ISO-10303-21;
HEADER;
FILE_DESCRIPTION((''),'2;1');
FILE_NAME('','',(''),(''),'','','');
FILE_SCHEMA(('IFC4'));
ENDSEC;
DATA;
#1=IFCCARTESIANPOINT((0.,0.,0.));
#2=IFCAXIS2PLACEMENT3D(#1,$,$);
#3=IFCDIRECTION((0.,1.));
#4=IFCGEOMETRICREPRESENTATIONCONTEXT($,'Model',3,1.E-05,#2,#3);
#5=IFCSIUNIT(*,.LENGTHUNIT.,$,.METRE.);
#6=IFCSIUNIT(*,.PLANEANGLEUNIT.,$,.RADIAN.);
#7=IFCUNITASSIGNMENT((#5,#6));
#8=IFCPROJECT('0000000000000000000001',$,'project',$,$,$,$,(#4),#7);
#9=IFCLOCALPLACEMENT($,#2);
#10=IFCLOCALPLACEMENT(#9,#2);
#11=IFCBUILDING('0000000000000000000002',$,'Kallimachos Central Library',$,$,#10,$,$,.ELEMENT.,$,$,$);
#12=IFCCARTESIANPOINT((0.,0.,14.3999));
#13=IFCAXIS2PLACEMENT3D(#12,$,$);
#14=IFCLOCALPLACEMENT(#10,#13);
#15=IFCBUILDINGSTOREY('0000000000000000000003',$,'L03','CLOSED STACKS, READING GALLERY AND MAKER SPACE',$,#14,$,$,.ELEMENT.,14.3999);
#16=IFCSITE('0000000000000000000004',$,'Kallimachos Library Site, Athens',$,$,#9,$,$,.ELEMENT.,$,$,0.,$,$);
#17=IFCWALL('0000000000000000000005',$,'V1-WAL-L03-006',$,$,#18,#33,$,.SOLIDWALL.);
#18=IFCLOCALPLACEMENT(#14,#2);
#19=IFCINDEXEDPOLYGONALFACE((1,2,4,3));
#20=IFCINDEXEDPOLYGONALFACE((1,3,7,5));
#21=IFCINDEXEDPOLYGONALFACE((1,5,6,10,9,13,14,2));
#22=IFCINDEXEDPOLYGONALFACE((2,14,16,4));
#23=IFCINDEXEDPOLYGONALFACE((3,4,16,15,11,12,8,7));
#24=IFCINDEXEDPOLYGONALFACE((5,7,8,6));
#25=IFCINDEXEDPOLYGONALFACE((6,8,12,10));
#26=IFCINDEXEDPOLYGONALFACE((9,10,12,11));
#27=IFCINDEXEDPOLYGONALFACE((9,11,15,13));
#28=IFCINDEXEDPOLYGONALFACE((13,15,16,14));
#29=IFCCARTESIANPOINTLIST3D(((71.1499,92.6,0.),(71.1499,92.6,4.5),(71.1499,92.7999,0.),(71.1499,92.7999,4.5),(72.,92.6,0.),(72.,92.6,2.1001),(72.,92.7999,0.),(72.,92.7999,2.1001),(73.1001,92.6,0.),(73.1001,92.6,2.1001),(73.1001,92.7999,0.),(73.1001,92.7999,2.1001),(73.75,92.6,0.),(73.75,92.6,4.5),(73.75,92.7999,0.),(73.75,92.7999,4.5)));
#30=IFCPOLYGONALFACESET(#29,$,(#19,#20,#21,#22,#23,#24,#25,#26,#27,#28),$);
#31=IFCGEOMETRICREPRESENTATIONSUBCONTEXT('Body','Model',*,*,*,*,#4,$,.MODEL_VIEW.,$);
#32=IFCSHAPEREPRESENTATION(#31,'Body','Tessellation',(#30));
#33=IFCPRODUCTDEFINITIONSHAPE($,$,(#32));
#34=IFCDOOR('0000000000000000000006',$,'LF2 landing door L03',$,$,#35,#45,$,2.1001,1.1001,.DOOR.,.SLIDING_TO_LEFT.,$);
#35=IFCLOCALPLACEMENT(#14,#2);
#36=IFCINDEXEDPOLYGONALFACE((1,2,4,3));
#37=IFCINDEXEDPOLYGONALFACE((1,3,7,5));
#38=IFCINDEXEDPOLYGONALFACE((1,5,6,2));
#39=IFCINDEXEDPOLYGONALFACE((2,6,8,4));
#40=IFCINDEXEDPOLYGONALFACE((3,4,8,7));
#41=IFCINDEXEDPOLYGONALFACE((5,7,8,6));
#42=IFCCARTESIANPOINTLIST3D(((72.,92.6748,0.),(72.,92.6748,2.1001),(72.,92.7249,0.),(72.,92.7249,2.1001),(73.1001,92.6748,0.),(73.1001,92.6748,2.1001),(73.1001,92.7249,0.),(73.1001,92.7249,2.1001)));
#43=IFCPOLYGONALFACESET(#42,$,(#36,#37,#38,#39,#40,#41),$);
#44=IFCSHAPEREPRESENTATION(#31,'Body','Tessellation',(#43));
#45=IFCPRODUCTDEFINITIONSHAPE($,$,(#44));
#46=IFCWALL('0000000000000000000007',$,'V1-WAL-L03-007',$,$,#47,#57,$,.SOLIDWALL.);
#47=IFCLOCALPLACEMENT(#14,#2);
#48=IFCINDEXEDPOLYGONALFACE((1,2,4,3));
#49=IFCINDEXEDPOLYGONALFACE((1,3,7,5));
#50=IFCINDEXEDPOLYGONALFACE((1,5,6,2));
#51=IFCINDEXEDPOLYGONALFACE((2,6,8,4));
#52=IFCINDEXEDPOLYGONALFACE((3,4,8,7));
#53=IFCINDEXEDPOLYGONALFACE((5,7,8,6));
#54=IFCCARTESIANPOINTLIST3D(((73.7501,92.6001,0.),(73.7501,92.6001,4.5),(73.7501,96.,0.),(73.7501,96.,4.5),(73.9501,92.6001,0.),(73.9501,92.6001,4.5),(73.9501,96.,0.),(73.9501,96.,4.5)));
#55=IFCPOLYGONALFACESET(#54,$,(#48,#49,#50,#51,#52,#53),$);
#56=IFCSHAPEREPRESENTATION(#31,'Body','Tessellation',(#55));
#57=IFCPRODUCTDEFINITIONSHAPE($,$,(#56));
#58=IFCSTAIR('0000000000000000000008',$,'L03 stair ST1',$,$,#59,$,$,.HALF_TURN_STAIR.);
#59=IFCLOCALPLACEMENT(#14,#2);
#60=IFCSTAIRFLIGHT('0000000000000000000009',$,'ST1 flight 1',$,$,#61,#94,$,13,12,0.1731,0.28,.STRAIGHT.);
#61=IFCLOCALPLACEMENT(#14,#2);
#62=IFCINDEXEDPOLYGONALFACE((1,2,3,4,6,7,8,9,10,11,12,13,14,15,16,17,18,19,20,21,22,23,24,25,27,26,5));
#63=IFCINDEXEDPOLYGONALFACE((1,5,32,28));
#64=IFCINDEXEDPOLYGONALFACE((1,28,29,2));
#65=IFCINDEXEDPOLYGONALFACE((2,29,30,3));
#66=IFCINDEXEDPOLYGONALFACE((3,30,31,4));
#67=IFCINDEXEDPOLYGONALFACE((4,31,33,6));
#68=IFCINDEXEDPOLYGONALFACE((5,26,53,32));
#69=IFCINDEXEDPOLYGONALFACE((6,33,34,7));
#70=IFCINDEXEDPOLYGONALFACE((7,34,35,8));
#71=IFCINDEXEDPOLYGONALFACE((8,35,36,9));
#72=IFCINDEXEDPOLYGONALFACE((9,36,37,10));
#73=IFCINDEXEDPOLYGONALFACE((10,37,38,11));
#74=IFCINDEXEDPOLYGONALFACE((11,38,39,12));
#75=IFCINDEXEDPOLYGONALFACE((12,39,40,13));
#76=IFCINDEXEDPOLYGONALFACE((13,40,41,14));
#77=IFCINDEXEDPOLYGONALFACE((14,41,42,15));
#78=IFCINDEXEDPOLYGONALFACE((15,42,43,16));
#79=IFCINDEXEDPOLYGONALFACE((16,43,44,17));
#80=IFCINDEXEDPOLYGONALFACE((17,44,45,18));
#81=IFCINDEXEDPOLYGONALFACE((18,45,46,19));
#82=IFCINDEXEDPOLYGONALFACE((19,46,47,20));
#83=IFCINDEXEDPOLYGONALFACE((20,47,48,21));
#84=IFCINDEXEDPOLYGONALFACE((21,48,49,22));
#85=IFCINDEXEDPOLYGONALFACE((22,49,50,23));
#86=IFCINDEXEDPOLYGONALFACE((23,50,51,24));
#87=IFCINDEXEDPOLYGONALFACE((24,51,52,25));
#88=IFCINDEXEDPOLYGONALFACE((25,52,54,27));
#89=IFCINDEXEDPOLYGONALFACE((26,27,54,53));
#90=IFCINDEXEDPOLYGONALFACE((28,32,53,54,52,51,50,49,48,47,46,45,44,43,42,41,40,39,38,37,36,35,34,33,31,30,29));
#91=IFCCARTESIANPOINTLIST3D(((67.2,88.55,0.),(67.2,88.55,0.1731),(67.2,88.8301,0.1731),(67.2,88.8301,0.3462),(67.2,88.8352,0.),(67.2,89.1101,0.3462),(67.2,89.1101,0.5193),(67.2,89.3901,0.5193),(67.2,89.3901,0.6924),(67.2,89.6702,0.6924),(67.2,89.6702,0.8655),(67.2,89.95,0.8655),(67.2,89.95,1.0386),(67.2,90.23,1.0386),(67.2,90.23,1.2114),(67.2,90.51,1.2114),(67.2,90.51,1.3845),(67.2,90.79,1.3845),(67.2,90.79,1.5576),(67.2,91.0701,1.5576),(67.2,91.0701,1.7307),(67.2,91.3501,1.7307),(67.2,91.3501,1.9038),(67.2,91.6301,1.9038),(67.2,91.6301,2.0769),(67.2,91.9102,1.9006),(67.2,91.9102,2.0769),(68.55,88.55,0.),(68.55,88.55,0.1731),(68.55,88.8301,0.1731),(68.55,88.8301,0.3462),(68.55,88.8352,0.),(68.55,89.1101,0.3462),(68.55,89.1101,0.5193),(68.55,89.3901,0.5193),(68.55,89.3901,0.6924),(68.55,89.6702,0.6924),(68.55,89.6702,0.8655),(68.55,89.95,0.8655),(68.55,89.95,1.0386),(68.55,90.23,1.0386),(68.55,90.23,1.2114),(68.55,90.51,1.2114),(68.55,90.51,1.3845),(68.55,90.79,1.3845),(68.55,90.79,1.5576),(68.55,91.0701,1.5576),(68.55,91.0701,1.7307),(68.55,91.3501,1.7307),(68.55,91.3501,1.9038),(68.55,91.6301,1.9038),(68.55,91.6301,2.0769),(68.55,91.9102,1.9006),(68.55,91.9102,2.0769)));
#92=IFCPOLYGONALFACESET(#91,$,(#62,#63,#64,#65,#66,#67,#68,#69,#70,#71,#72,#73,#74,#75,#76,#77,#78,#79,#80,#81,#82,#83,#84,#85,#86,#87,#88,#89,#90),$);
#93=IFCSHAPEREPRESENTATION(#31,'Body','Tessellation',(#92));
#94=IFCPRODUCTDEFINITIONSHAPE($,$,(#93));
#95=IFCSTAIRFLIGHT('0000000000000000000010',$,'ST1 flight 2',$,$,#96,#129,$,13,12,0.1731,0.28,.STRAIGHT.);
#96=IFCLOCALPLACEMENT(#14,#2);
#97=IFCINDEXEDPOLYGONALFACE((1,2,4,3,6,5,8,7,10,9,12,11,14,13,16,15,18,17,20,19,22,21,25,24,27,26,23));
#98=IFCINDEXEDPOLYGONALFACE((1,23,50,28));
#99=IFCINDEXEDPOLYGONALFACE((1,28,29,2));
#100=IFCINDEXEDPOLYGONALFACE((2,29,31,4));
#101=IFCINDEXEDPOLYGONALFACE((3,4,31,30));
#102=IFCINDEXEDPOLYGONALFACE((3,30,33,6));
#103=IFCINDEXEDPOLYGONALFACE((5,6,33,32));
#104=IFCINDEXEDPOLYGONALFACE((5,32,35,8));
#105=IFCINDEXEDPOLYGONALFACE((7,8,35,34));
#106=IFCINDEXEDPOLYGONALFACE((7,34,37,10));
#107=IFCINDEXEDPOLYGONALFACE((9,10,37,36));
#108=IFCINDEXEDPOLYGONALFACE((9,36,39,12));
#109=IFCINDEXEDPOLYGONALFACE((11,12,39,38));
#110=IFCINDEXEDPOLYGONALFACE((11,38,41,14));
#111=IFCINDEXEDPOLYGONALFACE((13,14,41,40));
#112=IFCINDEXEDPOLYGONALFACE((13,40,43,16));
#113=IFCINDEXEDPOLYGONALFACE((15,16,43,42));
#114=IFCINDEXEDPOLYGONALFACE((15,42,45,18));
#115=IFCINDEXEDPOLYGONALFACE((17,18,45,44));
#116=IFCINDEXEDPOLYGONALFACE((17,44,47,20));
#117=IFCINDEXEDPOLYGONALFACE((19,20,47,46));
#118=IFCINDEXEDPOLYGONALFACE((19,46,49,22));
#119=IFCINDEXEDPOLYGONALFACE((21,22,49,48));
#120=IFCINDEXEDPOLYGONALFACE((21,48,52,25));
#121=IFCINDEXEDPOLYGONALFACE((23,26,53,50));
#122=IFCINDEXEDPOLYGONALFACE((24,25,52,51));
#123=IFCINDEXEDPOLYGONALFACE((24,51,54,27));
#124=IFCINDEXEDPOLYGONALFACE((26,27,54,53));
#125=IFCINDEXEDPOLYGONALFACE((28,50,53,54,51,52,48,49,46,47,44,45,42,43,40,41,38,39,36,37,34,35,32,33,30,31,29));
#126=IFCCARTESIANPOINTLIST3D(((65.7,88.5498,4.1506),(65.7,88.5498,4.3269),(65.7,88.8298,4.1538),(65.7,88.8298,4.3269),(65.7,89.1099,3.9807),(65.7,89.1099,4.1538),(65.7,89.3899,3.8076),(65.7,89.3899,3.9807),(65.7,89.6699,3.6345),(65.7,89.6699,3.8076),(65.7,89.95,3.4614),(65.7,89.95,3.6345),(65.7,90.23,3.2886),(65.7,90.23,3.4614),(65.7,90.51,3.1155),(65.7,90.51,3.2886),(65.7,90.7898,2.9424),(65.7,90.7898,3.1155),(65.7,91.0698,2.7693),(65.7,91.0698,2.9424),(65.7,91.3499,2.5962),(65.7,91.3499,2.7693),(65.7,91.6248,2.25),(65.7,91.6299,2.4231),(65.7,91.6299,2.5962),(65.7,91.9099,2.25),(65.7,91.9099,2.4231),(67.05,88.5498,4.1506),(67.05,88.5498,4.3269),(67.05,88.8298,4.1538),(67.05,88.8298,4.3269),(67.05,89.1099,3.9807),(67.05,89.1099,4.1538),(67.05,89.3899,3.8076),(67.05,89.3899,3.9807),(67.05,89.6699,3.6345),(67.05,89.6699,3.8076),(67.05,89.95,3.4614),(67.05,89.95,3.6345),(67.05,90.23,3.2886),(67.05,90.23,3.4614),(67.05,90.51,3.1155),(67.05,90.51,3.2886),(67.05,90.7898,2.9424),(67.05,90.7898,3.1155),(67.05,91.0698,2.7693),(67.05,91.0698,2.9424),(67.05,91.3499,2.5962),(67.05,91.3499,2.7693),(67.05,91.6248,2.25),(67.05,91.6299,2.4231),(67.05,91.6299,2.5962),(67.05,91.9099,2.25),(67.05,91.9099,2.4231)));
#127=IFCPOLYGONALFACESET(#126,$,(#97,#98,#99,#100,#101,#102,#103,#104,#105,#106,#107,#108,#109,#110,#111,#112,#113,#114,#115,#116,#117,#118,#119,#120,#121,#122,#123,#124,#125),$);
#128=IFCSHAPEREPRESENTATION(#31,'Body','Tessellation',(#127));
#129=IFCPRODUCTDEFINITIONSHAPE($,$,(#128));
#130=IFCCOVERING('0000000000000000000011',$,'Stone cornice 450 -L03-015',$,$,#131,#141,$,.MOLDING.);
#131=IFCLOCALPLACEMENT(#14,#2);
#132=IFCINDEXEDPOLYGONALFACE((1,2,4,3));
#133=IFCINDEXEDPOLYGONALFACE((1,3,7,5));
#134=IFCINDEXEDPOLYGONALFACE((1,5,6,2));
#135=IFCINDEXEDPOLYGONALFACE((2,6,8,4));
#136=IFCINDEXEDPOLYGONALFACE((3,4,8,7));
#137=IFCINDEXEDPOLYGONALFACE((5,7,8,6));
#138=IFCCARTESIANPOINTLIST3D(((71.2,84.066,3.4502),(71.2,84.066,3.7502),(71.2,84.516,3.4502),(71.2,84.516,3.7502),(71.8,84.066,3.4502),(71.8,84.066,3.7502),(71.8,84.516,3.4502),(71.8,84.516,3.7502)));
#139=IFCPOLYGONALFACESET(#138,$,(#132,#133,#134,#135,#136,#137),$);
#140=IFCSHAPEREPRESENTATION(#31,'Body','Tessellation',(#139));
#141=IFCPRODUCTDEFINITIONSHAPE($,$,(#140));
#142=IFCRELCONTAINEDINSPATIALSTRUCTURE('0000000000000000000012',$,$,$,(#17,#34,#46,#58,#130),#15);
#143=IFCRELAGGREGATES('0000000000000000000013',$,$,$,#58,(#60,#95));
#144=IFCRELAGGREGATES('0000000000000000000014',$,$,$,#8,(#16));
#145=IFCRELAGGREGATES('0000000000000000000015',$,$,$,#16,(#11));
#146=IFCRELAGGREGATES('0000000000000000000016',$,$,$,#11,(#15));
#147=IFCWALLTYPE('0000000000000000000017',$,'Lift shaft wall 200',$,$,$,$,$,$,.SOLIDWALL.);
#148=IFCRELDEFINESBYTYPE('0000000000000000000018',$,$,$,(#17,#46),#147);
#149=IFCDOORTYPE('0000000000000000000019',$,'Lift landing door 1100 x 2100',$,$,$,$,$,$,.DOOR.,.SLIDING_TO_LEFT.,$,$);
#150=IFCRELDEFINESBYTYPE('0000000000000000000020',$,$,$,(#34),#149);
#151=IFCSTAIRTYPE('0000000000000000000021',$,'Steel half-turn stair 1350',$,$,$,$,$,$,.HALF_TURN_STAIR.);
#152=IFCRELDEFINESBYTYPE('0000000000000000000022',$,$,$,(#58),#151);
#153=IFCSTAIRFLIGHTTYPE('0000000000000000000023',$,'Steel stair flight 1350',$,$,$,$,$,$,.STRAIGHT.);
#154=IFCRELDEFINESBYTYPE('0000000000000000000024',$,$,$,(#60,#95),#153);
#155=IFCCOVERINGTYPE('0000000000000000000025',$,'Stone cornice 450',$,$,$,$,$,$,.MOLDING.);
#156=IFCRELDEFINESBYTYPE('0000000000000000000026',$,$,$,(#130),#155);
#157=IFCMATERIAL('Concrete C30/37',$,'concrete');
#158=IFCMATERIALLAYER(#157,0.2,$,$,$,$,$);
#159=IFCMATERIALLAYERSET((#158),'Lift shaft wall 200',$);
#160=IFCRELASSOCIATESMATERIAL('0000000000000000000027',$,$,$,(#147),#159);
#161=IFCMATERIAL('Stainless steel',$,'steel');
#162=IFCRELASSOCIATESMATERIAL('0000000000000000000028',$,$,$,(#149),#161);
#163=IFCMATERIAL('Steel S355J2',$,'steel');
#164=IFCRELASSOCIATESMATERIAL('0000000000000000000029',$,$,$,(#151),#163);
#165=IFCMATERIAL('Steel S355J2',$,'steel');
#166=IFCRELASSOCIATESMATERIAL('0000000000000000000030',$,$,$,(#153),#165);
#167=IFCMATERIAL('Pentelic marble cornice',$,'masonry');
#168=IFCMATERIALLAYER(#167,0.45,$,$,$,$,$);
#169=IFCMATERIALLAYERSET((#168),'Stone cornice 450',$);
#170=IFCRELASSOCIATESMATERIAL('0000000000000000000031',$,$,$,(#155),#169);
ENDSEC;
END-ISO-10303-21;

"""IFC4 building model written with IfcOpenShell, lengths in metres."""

from ifc_helpers import new_model, si_unit, direction, frame, frame_2d, origin, origin_2d, place, context, subcontext, project, spatial, polyline, rectangle, outline, extrude, material, layer, layer_set, type_object, element, fill, aggregate, save


model = new_model("IFC4")

# Units and contexts
model_context = context("Model", 3, precision=1e-05, world=origin(), true_north=direction((0.0, 1.0)))
body_context = subcontext(model_context, "Body", "Model", "MODEL_VIEW")
ifc_project = project(units=[si_unit("LENGTHUNIT", "METRE"), si_unit("PLANEANGLEUNIT", "RADIAN")], contexts=[model_context])

# Site, building, storey
site_placement = place(None, origin())
site = spatial("IfcSite", under=ifc_project, at=site_placement, Name="Kallimachos Library Site, Athens", CompositionType="ELEMENT", RefElevation=0.0)
building_placement = place(site_placement, origin())
building = spatial("IfcBuilding", under=site, at=building_placement, Name="Kallimachos Central Library", CompositionType="ELEMENT")
storey_placement = place(building_placement, frame((0.0, 0.0, 14.3999)))
storey = spatial("IfcBuildingStorey", under=building, at=storey_placement, Name="L03", Description="CLOSED STACKS, READING GALLERY AND MAKER SPACE", CompositionType="ELEMENT", Elevation=14.3999)

# Shared definitions
ifc_material_1 = material(Name="Concrete C30/37", Category="concrete")
ifc_layer_1 = layer(ifc_material_1, 0.2)
ifc_layer_set_1 = layer_set([ifc_layer_1], Name="Lift shaft wall 200")
wall_type_1 = type_object("IfcWallType", Name="Lift shaft wall 200", PredefinedType="SOLIDWALL", material=ifc_layer_set_1)

# Shared definitions
ifc_material_2 = material(Name="Stainless steel", Category="steel")
door_type_1 = type_object("IfcDoorType", Name="Lift landing door 1100 x 2100", OperationType="SLIDING_TO_LEFT", PredefinedType="DOOR", material=ifc_material_2)

# Wall, opening, door
wall_1_placement = place(storey_placement, frame((71.1499, 92.7, 0.0), z_axis=(0.0, 0.0, 1.0), x_axis=(1.0, 0.0, 0.0)))
wall_1 = element("IfcWall", 1, at=wall_1_placement, inside=storey, type_object=wall_type_1, Name="V1-WAL-L03-006", PredefinedType="SOLIDWALL", context=body_context, shape_type="SweptSolid", body=[
    extrude(rectangle(XDim=2.6001, YDim=0.2, at=frame_2d((1.3, 0.0))), origin(), (0.0, 0.0, 1.0), 4.5),
])
opening_1_placement = place(wall_1_placement, frame((0.8501, 0.0, 0.0)))
opening_1 = element("IfcOpeningElement", 2, at=opening_1_placement, cuts=wall_1, PredefinedType="OPENING", context=body_context, shape_type="SweptSolid", body=[
    extrude(rectangle(XDim=1.1001, YDim=2.1001, at=frame_2d((0.55, 1.05))), frame((0.0, 0.1099, 0.0), z_axis=(0.0, -1.0, 0.0), x_axis=(1.0, 0.0, 0.0)), (0.0, 0.0, 1.0), 0.22),
])
door_1_placement = place(opening_1_placement, origin())
door_1 = element("IfcDoor", 3, at=door_1_placement, inside=storey, type_object=door_type_1, Name="LF2 landing door L03", OperationType="SLIDING_TO_LEFT", OverallHeight=2.1001, OverallWidth=1.1001, PredefinedType="DOOR", context=body_context, shape_type="SweptSolid", body=[
    extrude(rectangle(XDim=1.1001, YDim=2.1001, at=frame_2d((0.55, 1.05))), frame((0.0, 0.0249, 0.0), z_axis=(0.0, -1.0, 0.0), x_axis=(1.0, 0.0, 0.0)), (0.0, 0.0, 1.0), 0.05),
])
fill(opening_1, door_1)

# Wall
wall_2_placement = place(storey_placement, frame((73.8501, 92.6001, 0.0), z_axis=(0.0, 0.0, 1.0), x_axis=(0.0, 1.0, 0.0)))
element("IfcWall", 4, at=wall_2_placement, inside=storey, type_object=wall_type_1, Name="V1-WAL-L03-007", PredefinedType="SOLIDWALL", context=body_context, shape_type="SweptSolid", body=[
    extrude(rectangle(XDim=3.3999, YDim=0.2, at=frame_2d((1.7, 0.0))), origin(), (0.0, 0.0, 1.0), 4.5),
])

# Stair, stair flights
ifc_material_3 = material(Name="Steel S355J2", Category="steel")
stair_type = type_object("IfcStairType", Name="Steel half-turn stair 1350", PredefinedType="HALF_TURN_STAIR", material=ifc_material_3)
stair_placement = place(storey_placement, origin())
stair = element("IfcStair", 5, at=stair_placement, inside=storey, type_object=stair_type, Name="L03 stair ST1", PredefinedType="HALF_TURN_STAIR")
ifc_material_4 = material(Name="Steel S355J2", Category="steel")
stair_flight_type = type_object("IfcStairFlightType", Name="Steel stair flight 1350", PredefinedType="STRAIGHT", material=ifc_material_4)
stair_flight_1_placement = place(storey_placement, frame((67.875, 88.55, 0.0), z_axis=(0.0, 0.0, 1.0), x_axis=(0.0, 1.0, 0.0)))
stair_flight_1 = element("IfcStairFlight", 6, at=stair_flight_1_placement, type_object=stair_flight_type, Name="ST1 flight 1", NumberOfRisers=13, NumberOfTreads=12, PredefinedType="STRAIGHT", RiserHeight=0.1731, TreadLength=0.28, context=body_context, shape_type="SweptSolid", body=[
    extrude(outline(polyline([(0.0, 0.0), (0.0, 0.1731), (0.28, 0.1731), (0.28, 0.3462), (0.5601, 0.3462), (0.5601, 0.5193), (0.8401, 0.5193), (0.8401, 0.6924), (1.1201, 0.6924), (1.1201, 0.8655), (1.3999, 0.8655), (1.3999, 1.0386), (1.6799, 1.0386), (1.6799, 1.2114), (1.96, 1.2114), (1.96, 1.3845), (2.24, 1.3845), (2.24, 1.5576), (2.52, 1.5576), (2.52, 1.7307), (2.8, 1.7307), (2.8, 1.9038), (3.0801, 1.9038), (3.0801, 2.0769), (3.3601, 2.0769), (3.3601, 2.25), (3.3601, 1.9006), (0.2852, 0.0), (0.0, 0.0)])), frame((0.0, 0.675, 0.0), z_axis=(0.0, -1.0, 0.0), x_axis=(1.0, 0.0, 0.0)), (0.0, 0.0, 1.0), 1.3501),
])
stair_flight_2_placement = place(storey_placement, frame((66.375, 91.9099, 2.25), z_axis=(0.0, 0.0, 1.0), x_axis=(0.0, -1.0, 0.0)))
stair_flight_2 = element("IfcStairFlight", 7, at=stair_flight_2_placement, type_object=stair_flight_type, Name="ST1 flight 2", NumberOfRisers=13, NumberOfTreads=12, PredefinedType="STRAIGHT", RiserHeight=0.1731, TreadLength=0.28, context=body_context, shape_type="SweptSolid", body=[
    extrude(outline(polyline([(0.0, 0.0), (0.0, 0.1731), (0.28, 0.1731), (0.28, 0.3462), (0.5601, 0.3462), (0.5601, 0.5193), (0.8401, 0.5193), (0.8401, 0.6924), (1.1201, 0.6924), (1.1201, 0.8655), (1.3999, 0.8655), (1.3999, 1.0386), (1.6799, 1.0386), (1.6799, 1.2114), (1.96, 1.2114), (1.96, 1.3845), (2.24, 1.3845), (2.24, 1.5576), (2.52, 1.5576), (2.52, 1.7307), (2.8, 1.7307), (2.8, 1.9038), (3.0801, 1.9038), (3.0801, 2.0769), (3.3601, 2.0769), (3.3601, 2.25), (3.3601, 1.9006), (0.2852, 0.0), (0.0, 0.0)])), frame((0.0, 0.675, 0.0), z_axis=(0.0, -1.0, 0.0), x_axis=(1.0, 0.0, 0.0)), (0.0, 0.0, 1.0), 1.3501),
])
aggregate(stair, [stair_flight_1, stair_flight_2])

# Covering
ifc_material_5 = material(Name="Pentelic marble cornice", Category="masonry")
ifc_layer_2 = layer(ifc_material_5, 0.45)
ifc_layer_set_2 = layer_set([ifc_layer_2], Name="Stone cornice 450")
covering_type = type_object("IfcCoveringType", Name="Stone cornice 450", PredefinedType="MOLDING", material=ifc_layer_set_2)
covering_placement = place(storey_placement, frame((71.5, 84.291, 3.4502), z_axis=(0.0, 0.0, 1.0), x_axis=(1.0, 0.0, 0.0)))
element("IfcCovering", 8, at=covering_placement, inside=storey, type_object=covering_type, Name="Stone cornice 450 -L03-015", PredefinedType="MOLDING", context=body_context, shape_type="SweptSolid", body=[
    extrude(rectangle(XDim=0.6001, YDim=0.45, at=origin_2d()), origin(), (0.0, 0.0, 1.0), 0.3),
])

save(model, "model.ifc")
